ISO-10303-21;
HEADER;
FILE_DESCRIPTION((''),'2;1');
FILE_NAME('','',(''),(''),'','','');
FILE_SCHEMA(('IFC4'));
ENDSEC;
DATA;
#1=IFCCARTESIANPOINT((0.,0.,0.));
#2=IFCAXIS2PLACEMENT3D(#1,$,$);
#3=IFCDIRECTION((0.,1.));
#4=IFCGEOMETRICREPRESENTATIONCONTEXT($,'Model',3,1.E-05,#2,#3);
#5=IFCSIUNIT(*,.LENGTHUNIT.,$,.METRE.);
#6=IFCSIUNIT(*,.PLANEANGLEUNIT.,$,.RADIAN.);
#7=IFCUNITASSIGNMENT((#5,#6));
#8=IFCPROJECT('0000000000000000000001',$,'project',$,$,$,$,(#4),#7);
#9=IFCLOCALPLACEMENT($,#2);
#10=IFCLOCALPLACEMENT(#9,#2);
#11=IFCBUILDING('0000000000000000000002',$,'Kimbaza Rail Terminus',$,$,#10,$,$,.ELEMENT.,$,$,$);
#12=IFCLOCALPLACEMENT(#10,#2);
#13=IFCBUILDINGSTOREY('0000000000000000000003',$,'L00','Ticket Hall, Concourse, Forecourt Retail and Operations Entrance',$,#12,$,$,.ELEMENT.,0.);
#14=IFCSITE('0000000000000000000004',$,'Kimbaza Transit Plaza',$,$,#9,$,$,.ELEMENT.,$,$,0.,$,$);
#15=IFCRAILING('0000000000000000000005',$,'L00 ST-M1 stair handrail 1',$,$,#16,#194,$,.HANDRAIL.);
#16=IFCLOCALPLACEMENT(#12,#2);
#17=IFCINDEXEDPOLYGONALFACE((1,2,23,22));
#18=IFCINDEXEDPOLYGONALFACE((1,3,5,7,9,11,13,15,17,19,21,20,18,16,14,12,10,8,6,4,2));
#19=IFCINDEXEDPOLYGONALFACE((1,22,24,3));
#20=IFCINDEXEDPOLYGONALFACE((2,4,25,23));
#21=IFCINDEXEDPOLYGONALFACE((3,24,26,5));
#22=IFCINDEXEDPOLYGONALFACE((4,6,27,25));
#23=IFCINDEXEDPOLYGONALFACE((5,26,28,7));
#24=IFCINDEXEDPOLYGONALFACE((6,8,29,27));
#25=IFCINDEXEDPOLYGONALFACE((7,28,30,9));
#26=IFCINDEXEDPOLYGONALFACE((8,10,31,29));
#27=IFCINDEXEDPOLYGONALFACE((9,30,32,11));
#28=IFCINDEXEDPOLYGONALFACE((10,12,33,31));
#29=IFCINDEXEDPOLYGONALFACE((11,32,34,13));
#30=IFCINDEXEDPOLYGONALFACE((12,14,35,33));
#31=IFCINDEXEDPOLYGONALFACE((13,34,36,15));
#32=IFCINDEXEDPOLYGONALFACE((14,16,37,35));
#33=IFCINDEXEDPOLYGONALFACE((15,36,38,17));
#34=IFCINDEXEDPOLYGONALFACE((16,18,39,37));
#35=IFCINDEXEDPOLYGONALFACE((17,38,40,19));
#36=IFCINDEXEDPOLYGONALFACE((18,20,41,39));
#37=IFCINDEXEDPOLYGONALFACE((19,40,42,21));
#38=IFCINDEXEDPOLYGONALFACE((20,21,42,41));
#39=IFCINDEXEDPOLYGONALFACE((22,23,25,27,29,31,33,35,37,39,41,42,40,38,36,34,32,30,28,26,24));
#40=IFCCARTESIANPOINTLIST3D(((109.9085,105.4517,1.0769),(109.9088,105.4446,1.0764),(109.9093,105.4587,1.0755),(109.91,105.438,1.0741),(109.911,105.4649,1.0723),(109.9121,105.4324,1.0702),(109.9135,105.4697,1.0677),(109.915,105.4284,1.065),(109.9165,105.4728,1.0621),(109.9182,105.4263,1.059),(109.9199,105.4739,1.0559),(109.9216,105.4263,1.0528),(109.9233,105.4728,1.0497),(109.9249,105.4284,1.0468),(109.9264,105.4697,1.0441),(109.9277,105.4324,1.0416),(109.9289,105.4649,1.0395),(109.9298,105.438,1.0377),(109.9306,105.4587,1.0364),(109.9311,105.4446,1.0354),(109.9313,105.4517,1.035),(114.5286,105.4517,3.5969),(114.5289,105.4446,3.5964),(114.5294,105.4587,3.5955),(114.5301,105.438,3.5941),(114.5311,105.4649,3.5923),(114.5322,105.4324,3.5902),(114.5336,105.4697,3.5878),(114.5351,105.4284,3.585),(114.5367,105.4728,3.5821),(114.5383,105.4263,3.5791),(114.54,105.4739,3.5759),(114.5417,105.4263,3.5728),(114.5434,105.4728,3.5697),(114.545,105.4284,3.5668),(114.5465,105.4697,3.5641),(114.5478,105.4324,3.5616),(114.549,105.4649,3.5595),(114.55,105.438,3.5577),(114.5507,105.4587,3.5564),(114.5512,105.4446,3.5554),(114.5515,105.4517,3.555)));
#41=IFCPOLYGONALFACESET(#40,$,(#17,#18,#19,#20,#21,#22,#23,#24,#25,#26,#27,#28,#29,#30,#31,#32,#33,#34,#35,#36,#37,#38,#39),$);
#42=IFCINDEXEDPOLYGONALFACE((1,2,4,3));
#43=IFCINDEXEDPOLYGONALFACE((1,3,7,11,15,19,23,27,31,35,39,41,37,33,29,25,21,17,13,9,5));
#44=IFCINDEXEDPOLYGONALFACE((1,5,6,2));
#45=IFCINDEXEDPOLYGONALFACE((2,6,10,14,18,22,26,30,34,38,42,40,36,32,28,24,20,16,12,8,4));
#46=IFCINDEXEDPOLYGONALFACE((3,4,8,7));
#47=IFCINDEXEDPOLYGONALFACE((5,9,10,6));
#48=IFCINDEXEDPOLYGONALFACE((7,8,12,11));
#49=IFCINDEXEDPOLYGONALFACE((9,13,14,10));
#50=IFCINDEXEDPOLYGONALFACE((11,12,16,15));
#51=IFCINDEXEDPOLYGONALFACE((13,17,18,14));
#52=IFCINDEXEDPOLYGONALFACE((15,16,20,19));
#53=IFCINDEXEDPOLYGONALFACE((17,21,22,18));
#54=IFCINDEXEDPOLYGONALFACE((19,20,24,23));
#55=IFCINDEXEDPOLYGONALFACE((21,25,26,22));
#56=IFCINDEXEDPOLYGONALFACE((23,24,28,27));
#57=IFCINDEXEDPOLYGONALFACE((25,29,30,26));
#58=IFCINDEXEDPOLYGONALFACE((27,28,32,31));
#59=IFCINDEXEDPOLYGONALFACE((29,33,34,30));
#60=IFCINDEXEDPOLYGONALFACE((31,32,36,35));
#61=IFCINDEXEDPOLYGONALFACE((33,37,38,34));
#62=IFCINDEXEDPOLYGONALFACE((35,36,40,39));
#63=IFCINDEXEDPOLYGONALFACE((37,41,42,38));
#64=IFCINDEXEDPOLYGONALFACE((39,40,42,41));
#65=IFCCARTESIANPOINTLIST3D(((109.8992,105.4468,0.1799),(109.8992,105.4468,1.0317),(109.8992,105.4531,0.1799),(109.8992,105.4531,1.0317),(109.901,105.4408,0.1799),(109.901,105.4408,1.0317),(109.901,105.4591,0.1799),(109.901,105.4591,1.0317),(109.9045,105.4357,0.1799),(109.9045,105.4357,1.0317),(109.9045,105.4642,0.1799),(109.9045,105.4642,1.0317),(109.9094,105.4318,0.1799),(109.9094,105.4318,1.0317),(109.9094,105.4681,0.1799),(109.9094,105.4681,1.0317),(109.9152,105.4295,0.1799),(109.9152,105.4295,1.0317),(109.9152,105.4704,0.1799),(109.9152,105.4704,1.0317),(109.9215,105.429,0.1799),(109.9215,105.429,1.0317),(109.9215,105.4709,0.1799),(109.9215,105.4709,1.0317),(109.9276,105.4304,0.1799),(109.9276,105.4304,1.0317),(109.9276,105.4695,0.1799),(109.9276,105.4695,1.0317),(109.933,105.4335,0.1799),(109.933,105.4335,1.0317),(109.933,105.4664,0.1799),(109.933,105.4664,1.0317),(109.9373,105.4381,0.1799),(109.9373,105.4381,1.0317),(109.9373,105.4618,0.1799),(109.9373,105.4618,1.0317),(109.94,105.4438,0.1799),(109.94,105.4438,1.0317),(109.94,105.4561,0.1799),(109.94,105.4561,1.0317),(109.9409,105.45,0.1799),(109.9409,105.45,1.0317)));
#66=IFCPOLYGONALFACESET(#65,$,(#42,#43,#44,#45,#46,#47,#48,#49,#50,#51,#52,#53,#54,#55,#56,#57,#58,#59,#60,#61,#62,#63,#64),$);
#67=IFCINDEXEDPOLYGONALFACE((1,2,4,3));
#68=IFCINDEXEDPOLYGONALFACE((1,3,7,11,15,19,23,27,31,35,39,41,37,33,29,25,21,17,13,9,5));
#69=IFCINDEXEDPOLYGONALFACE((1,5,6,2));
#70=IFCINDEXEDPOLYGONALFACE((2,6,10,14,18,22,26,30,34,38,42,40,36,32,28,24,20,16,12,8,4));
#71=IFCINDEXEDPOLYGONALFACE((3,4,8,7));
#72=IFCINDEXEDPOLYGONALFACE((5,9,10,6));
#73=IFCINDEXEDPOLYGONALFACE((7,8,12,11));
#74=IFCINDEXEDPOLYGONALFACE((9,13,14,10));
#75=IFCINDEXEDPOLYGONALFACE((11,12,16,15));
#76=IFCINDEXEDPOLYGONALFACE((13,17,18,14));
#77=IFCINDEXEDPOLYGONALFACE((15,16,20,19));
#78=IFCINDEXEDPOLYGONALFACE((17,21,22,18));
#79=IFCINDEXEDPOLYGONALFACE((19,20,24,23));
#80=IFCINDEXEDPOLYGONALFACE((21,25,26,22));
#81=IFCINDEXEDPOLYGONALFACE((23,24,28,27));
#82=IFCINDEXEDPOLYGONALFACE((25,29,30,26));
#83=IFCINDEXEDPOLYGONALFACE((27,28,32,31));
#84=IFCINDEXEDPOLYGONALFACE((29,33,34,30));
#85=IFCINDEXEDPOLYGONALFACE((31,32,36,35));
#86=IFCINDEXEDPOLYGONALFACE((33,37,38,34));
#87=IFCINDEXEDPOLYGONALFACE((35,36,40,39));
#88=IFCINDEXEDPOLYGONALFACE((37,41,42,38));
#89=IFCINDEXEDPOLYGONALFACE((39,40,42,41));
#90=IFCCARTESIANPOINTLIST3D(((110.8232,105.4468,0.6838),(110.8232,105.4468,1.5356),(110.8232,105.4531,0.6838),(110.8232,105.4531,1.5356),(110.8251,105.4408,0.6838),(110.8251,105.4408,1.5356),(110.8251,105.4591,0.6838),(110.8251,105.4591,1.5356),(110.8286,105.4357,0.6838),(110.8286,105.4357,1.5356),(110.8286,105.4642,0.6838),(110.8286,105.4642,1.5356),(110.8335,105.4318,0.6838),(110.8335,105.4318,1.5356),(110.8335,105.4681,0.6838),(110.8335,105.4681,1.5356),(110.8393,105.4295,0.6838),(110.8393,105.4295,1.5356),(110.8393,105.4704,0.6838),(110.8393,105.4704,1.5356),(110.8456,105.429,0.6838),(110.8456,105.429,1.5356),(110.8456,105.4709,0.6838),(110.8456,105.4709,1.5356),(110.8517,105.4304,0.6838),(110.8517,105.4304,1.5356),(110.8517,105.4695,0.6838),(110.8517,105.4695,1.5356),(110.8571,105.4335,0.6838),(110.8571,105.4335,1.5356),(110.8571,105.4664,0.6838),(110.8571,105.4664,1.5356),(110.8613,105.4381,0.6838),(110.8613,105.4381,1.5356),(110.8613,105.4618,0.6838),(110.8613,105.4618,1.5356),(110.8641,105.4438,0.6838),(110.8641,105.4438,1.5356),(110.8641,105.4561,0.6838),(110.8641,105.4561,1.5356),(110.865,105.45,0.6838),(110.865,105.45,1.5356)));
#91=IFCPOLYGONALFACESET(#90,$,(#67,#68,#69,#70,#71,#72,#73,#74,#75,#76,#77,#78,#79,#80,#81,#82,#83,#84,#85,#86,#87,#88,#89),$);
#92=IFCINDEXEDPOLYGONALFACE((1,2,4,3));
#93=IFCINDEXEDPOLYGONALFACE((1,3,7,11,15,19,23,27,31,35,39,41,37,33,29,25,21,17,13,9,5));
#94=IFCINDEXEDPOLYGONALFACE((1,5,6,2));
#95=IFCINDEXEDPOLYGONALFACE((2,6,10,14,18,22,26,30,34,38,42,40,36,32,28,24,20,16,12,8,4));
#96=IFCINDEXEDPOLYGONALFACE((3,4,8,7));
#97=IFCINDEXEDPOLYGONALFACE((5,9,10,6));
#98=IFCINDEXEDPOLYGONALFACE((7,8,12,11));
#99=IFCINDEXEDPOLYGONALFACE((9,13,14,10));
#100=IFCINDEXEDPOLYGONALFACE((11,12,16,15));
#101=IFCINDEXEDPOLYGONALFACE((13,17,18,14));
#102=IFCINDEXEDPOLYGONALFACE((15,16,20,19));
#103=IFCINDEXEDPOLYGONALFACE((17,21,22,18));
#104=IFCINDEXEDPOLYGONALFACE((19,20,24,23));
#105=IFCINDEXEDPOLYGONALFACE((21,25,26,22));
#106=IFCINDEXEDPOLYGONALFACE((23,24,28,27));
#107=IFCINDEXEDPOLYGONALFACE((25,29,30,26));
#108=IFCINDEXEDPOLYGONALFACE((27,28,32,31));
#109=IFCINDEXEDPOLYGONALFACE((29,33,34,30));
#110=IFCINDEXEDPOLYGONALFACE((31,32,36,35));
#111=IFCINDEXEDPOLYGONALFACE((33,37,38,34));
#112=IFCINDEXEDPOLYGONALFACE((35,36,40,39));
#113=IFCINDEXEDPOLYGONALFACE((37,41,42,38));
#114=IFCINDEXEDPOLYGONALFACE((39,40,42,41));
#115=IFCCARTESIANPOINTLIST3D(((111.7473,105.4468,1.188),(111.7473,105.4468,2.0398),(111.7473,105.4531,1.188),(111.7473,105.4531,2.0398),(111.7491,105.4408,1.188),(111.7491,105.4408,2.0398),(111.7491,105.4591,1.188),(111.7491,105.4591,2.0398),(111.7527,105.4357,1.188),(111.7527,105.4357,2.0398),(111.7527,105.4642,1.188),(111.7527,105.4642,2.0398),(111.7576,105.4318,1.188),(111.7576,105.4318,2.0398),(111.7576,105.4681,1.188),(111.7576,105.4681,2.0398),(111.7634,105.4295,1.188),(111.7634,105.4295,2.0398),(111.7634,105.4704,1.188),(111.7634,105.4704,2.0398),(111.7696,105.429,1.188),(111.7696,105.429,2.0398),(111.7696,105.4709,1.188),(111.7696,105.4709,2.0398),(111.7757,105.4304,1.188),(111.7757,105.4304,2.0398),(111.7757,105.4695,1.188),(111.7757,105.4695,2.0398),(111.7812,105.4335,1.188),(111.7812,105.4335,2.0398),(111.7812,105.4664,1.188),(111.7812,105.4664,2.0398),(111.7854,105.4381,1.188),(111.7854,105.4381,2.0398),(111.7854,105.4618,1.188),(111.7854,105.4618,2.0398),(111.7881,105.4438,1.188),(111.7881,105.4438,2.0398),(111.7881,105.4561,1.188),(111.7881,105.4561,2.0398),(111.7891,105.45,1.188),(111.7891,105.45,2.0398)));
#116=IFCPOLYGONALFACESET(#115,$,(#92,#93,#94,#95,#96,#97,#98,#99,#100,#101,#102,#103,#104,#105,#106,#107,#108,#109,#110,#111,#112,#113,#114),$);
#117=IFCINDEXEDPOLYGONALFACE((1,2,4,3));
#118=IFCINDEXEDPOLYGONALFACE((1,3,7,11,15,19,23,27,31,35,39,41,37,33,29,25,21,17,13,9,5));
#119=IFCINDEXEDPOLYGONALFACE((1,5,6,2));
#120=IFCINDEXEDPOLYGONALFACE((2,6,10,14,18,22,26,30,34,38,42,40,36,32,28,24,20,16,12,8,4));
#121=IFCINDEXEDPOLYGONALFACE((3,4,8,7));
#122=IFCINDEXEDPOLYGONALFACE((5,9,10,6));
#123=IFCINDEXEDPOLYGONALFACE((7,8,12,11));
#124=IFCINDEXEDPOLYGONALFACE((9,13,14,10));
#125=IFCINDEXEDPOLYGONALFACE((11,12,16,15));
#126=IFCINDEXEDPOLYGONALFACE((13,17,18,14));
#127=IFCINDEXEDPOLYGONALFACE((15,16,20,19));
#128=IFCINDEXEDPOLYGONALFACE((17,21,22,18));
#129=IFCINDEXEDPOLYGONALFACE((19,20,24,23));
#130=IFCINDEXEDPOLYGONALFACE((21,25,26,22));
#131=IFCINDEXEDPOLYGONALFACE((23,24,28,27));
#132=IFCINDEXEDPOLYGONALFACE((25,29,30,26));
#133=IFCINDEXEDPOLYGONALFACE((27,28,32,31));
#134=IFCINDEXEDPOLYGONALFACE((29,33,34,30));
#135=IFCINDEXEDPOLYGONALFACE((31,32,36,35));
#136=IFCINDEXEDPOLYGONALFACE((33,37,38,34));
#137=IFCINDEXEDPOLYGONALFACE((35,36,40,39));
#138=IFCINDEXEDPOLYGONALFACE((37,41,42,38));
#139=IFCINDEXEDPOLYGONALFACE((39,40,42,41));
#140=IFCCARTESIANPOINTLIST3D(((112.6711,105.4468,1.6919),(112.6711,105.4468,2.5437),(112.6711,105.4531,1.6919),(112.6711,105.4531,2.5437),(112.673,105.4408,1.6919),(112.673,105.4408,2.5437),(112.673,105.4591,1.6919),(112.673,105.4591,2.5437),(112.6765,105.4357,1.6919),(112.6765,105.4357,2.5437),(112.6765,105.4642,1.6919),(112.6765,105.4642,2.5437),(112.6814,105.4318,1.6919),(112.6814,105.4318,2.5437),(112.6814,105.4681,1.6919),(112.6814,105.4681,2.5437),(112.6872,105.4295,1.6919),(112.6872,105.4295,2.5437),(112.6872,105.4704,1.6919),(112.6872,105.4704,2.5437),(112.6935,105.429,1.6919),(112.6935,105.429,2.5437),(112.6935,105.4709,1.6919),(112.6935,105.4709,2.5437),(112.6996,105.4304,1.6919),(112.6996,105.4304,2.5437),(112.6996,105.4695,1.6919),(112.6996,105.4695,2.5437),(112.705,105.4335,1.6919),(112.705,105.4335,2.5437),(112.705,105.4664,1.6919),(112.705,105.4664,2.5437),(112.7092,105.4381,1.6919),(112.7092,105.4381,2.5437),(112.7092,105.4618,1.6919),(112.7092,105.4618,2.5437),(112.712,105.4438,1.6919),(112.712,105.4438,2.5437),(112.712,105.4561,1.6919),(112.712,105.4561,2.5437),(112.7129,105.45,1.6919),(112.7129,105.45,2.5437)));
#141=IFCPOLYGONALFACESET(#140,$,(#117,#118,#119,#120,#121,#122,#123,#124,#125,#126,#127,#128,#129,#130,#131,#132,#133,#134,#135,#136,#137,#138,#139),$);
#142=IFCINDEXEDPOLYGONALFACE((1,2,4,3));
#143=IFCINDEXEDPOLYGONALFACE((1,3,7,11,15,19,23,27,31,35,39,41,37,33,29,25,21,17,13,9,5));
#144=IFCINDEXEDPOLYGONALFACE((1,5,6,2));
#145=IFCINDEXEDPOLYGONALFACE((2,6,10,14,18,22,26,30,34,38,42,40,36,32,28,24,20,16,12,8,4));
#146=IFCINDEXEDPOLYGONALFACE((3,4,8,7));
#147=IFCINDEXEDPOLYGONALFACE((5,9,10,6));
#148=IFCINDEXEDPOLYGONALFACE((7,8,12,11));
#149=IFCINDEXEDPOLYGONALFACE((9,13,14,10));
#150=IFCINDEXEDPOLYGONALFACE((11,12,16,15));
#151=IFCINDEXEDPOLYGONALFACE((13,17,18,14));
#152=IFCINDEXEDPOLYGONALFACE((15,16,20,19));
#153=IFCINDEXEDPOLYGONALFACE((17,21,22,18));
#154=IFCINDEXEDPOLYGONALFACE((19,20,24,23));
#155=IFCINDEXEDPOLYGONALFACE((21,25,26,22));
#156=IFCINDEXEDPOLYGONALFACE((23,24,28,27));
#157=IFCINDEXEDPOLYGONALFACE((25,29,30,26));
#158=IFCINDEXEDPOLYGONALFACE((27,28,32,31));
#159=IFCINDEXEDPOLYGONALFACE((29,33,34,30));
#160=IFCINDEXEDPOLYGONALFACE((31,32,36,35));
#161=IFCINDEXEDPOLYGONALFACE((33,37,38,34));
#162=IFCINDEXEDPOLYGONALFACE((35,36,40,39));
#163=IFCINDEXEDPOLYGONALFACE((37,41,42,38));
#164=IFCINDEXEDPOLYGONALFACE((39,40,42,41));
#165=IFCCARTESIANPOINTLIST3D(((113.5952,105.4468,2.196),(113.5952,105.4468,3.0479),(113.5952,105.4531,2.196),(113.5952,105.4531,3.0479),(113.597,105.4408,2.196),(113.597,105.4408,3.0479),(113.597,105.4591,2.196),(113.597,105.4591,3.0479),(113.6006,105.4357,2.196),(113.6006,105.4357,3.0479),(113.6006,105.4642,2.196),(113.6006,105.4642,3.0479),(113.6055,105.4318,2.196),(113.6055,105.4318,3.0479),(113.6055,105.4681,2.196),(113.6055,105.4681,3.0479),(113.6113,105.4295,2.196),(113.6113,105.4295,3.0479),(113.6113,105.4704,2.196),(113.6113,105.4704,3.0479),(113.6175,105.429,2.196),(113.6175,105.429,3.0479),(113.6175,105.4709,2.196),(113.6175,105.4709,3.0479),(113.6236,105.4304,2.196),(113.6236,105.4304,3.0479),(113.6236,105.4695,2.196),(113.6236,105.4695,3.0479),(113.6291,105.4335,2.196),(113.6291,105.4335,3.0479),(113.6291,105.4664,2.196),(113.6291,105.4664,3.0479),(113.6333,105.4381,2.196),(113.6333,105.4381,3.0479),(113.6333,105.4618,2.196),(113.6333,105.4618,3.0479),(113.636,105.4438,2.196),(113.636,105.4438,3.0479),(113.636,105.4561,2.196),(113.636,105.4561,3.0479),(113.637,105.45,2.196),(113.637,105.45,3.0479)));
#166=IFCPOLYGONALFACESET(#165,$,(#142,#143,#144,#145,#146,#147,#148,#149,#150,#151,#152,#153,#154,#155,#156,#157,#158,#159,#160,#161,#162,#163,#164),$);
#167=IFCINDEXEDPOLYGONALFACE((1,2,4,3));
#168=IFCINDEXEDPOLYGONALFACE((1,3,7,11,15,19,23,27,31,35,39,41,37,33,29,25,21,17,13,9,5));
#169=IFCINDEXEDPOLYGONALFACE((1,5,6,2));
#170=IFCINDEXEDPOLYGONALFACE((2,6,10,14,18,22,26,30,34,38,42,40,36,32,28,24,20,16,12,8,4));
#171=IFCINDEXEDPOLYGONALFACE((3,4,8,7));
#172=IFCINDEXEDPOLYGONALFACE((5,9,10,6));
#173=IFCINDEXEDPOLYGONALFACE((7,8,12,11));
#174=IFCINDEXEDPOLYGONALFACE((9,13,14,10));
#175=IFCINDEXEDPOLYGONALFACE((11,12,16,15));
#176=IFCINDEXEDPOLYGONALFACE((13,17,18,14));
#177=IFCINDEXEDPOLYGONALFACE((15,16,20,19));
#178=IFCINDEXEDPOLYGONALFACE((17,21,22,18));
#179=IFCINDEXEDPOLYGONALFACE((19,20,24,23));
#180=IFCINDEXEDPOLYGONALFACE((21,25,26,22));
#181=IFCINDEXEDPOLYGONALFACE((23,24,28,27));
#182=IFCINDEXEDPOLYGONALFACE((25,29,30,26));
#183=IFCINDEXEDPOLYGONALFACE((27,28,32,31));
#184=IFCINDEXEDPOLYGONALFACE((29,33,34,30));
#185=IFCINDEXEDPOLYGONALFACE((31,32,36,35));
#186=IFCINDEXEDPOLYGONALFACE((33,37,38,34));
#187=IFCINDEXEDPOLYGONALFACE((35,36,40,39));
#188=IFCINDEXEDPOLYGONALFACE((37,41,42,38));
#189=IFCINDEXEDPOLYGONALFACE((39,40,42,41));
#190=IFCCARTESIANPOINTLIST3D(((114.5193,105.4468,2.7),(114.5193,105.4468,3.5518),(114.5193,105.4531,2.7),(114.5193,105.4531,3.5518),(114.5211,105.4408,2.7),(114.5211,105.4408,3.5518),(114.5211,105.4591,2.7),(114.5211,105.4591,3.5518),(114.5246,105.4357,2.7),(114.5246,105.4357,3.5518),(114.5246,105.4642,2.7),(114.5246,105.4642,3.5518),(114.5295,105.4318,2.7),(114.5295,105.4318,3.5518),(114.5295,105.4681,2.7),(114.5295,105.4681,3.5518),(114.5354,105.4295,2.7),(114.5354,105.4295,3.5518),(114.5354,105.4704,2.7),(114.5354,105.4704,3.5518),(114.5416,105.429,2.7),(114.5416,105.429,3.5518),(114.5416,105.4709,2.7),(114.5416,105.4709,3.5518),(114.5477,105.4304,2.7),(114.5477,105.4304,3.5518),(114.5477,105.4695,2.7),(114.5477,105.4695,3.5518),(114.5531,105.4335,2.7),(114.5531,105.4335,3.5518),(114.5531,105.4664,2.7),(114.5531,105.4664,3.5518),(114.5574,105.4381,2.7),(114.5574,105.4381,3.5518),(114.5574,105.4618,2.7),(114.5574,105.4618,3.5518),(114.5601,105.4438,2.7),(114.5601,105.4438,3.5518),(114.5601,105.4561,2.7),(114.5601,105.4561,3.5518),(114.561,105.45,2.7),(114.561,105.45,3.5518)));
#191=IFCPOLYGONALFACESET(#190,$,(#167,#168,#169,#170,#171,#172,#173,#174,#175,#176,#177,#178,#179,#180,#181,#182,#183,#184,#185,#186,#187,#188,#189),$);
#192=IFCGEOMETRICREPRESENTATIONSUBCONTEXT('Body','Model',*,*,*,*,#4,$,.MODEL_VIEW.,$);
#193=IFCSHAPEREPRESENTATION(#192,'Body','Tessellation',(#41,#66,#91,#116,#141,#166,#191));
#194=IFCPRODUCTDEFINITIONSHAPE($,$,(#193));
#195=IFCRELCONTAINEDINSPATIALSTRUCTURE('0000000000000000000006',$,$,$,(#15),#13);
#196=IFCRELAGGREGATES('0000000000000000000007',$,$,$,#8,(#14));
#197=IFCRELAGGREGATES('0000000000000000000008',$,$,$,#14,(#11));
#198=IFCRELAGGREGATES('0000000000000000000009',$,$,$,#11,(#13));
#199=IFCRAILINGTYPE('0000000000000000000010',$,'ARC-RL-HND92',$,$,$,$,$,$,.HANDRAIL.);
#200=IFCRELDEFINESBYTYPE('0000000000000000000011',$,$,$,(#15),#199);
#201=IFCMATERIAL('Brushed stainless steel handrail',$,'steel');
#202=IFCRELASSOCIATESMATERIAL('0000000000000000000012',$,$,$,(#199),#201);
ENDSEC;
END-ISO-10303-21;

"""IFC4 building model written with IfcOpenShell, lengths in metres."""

from ifc_helpers import new_model, si_unit, direction, frame, origin, origin_2d, place, context, subcontext, project, spatial, circle, extrude, material, type_object, element, save


model = new_model("IFC4")

# Units and contexts
model_context = context("Model", 3, precision=1e-05, world=origin(), true_north=direction((0.0, 1.0)))
body_context = subcontext(model_context, "Body", "Model", "MODEL_VIEW")
ifc_project = project(units=[si_unit("LENGTHUNIT", "METRE"), si_unit("PLANEANGLEUNIT", "RADIAN")], contexts=[model_context])

# Site, building, storey
site_placement = place(None, origin())
site = spatial("IfcSite", under=ifc_project, at=site_placement, Name="Kimbaza Transit Plaza", CompositionType="ELEMENT", RefElevation=0.0)
building_placement = place(site_placement, origin())
building = spatial("IfcBuilding", under=site, at=building_placement, Name="Kimbaza Rail Terminus", CompositionType="ELEMENT")
storey_placement = place(building_placement, origin())
storey = spatial("IfcBuildingStorey", under=building, at=storey_placement, Name="L00", Description="Ticket Hall, Concourse, Forecourt Retail and Operations Entrance", CompositionType="ELEMENT", Elevation=0.0)

# Railing
ifc_material_1 = material(Name="Brushed stainless steel handrail", Category="steel")
railing_type_1 = type_object("IfcRailingType", Name="ARC-RL-HND92", PredefinedType="HANDRAIL", material=ifc_material_1)
railing_1_placement = place(storey_placement, frame((109.9199, 105.45, 0.1799)))
element("IfcRailing", 1, at=railing_1_placement, inside=storey, type_object=railing_type_1, Name="L00 ST-M1 stair handrail 1", PredefinedType="HANDRAIL", context=body_context, shape_type="SweptSolid", body=[
    extrude(circle(Radius=0.0239, at=origin_2d()), frame((0.0, 0.0, 0.876), z_axis=(0.877899, 0.0, 0.478846), x_axis=(0.0, 1.0, 0.0)), (0.0, 0.0, 1.0), 5.2627),
    extrude(circle(Radius=0.021, at=origin_2d()), origin(), (0.0, 0.0, 1.0), 0.8518),
    extrude(circle(Radius=0.021, at=origin_2d()), frame((0.9241, 0.0, 0.5039)), (0.0, 0.0, 1.0), 0.8518),
    extrude(circle(Radius=0.021, at=origin_2d()), frame((1.8481, 0.0, 1.0081)), (0.0, 0.0, 1.0), 0.8518),
    extrude(circle(Radius=0.021, at=origin_2d()), frame((2.772, 0.0, 1.512)), (0.0, 0.0, 1.0), 0.8518),
    extrude(circle(Radius=0.021, at=origin_2d()), frame((3.696, 0.0, 2.0161)), (0.0, 0.0, 1.0), 0.8518),
    extrude(circle(Radius=0.021, at=origin_2d()), frame((4.6201, 0.0, 2.52)), (0.0, 0.0, 1.0), 0.8518),
])

save(model, "model.ifc")
